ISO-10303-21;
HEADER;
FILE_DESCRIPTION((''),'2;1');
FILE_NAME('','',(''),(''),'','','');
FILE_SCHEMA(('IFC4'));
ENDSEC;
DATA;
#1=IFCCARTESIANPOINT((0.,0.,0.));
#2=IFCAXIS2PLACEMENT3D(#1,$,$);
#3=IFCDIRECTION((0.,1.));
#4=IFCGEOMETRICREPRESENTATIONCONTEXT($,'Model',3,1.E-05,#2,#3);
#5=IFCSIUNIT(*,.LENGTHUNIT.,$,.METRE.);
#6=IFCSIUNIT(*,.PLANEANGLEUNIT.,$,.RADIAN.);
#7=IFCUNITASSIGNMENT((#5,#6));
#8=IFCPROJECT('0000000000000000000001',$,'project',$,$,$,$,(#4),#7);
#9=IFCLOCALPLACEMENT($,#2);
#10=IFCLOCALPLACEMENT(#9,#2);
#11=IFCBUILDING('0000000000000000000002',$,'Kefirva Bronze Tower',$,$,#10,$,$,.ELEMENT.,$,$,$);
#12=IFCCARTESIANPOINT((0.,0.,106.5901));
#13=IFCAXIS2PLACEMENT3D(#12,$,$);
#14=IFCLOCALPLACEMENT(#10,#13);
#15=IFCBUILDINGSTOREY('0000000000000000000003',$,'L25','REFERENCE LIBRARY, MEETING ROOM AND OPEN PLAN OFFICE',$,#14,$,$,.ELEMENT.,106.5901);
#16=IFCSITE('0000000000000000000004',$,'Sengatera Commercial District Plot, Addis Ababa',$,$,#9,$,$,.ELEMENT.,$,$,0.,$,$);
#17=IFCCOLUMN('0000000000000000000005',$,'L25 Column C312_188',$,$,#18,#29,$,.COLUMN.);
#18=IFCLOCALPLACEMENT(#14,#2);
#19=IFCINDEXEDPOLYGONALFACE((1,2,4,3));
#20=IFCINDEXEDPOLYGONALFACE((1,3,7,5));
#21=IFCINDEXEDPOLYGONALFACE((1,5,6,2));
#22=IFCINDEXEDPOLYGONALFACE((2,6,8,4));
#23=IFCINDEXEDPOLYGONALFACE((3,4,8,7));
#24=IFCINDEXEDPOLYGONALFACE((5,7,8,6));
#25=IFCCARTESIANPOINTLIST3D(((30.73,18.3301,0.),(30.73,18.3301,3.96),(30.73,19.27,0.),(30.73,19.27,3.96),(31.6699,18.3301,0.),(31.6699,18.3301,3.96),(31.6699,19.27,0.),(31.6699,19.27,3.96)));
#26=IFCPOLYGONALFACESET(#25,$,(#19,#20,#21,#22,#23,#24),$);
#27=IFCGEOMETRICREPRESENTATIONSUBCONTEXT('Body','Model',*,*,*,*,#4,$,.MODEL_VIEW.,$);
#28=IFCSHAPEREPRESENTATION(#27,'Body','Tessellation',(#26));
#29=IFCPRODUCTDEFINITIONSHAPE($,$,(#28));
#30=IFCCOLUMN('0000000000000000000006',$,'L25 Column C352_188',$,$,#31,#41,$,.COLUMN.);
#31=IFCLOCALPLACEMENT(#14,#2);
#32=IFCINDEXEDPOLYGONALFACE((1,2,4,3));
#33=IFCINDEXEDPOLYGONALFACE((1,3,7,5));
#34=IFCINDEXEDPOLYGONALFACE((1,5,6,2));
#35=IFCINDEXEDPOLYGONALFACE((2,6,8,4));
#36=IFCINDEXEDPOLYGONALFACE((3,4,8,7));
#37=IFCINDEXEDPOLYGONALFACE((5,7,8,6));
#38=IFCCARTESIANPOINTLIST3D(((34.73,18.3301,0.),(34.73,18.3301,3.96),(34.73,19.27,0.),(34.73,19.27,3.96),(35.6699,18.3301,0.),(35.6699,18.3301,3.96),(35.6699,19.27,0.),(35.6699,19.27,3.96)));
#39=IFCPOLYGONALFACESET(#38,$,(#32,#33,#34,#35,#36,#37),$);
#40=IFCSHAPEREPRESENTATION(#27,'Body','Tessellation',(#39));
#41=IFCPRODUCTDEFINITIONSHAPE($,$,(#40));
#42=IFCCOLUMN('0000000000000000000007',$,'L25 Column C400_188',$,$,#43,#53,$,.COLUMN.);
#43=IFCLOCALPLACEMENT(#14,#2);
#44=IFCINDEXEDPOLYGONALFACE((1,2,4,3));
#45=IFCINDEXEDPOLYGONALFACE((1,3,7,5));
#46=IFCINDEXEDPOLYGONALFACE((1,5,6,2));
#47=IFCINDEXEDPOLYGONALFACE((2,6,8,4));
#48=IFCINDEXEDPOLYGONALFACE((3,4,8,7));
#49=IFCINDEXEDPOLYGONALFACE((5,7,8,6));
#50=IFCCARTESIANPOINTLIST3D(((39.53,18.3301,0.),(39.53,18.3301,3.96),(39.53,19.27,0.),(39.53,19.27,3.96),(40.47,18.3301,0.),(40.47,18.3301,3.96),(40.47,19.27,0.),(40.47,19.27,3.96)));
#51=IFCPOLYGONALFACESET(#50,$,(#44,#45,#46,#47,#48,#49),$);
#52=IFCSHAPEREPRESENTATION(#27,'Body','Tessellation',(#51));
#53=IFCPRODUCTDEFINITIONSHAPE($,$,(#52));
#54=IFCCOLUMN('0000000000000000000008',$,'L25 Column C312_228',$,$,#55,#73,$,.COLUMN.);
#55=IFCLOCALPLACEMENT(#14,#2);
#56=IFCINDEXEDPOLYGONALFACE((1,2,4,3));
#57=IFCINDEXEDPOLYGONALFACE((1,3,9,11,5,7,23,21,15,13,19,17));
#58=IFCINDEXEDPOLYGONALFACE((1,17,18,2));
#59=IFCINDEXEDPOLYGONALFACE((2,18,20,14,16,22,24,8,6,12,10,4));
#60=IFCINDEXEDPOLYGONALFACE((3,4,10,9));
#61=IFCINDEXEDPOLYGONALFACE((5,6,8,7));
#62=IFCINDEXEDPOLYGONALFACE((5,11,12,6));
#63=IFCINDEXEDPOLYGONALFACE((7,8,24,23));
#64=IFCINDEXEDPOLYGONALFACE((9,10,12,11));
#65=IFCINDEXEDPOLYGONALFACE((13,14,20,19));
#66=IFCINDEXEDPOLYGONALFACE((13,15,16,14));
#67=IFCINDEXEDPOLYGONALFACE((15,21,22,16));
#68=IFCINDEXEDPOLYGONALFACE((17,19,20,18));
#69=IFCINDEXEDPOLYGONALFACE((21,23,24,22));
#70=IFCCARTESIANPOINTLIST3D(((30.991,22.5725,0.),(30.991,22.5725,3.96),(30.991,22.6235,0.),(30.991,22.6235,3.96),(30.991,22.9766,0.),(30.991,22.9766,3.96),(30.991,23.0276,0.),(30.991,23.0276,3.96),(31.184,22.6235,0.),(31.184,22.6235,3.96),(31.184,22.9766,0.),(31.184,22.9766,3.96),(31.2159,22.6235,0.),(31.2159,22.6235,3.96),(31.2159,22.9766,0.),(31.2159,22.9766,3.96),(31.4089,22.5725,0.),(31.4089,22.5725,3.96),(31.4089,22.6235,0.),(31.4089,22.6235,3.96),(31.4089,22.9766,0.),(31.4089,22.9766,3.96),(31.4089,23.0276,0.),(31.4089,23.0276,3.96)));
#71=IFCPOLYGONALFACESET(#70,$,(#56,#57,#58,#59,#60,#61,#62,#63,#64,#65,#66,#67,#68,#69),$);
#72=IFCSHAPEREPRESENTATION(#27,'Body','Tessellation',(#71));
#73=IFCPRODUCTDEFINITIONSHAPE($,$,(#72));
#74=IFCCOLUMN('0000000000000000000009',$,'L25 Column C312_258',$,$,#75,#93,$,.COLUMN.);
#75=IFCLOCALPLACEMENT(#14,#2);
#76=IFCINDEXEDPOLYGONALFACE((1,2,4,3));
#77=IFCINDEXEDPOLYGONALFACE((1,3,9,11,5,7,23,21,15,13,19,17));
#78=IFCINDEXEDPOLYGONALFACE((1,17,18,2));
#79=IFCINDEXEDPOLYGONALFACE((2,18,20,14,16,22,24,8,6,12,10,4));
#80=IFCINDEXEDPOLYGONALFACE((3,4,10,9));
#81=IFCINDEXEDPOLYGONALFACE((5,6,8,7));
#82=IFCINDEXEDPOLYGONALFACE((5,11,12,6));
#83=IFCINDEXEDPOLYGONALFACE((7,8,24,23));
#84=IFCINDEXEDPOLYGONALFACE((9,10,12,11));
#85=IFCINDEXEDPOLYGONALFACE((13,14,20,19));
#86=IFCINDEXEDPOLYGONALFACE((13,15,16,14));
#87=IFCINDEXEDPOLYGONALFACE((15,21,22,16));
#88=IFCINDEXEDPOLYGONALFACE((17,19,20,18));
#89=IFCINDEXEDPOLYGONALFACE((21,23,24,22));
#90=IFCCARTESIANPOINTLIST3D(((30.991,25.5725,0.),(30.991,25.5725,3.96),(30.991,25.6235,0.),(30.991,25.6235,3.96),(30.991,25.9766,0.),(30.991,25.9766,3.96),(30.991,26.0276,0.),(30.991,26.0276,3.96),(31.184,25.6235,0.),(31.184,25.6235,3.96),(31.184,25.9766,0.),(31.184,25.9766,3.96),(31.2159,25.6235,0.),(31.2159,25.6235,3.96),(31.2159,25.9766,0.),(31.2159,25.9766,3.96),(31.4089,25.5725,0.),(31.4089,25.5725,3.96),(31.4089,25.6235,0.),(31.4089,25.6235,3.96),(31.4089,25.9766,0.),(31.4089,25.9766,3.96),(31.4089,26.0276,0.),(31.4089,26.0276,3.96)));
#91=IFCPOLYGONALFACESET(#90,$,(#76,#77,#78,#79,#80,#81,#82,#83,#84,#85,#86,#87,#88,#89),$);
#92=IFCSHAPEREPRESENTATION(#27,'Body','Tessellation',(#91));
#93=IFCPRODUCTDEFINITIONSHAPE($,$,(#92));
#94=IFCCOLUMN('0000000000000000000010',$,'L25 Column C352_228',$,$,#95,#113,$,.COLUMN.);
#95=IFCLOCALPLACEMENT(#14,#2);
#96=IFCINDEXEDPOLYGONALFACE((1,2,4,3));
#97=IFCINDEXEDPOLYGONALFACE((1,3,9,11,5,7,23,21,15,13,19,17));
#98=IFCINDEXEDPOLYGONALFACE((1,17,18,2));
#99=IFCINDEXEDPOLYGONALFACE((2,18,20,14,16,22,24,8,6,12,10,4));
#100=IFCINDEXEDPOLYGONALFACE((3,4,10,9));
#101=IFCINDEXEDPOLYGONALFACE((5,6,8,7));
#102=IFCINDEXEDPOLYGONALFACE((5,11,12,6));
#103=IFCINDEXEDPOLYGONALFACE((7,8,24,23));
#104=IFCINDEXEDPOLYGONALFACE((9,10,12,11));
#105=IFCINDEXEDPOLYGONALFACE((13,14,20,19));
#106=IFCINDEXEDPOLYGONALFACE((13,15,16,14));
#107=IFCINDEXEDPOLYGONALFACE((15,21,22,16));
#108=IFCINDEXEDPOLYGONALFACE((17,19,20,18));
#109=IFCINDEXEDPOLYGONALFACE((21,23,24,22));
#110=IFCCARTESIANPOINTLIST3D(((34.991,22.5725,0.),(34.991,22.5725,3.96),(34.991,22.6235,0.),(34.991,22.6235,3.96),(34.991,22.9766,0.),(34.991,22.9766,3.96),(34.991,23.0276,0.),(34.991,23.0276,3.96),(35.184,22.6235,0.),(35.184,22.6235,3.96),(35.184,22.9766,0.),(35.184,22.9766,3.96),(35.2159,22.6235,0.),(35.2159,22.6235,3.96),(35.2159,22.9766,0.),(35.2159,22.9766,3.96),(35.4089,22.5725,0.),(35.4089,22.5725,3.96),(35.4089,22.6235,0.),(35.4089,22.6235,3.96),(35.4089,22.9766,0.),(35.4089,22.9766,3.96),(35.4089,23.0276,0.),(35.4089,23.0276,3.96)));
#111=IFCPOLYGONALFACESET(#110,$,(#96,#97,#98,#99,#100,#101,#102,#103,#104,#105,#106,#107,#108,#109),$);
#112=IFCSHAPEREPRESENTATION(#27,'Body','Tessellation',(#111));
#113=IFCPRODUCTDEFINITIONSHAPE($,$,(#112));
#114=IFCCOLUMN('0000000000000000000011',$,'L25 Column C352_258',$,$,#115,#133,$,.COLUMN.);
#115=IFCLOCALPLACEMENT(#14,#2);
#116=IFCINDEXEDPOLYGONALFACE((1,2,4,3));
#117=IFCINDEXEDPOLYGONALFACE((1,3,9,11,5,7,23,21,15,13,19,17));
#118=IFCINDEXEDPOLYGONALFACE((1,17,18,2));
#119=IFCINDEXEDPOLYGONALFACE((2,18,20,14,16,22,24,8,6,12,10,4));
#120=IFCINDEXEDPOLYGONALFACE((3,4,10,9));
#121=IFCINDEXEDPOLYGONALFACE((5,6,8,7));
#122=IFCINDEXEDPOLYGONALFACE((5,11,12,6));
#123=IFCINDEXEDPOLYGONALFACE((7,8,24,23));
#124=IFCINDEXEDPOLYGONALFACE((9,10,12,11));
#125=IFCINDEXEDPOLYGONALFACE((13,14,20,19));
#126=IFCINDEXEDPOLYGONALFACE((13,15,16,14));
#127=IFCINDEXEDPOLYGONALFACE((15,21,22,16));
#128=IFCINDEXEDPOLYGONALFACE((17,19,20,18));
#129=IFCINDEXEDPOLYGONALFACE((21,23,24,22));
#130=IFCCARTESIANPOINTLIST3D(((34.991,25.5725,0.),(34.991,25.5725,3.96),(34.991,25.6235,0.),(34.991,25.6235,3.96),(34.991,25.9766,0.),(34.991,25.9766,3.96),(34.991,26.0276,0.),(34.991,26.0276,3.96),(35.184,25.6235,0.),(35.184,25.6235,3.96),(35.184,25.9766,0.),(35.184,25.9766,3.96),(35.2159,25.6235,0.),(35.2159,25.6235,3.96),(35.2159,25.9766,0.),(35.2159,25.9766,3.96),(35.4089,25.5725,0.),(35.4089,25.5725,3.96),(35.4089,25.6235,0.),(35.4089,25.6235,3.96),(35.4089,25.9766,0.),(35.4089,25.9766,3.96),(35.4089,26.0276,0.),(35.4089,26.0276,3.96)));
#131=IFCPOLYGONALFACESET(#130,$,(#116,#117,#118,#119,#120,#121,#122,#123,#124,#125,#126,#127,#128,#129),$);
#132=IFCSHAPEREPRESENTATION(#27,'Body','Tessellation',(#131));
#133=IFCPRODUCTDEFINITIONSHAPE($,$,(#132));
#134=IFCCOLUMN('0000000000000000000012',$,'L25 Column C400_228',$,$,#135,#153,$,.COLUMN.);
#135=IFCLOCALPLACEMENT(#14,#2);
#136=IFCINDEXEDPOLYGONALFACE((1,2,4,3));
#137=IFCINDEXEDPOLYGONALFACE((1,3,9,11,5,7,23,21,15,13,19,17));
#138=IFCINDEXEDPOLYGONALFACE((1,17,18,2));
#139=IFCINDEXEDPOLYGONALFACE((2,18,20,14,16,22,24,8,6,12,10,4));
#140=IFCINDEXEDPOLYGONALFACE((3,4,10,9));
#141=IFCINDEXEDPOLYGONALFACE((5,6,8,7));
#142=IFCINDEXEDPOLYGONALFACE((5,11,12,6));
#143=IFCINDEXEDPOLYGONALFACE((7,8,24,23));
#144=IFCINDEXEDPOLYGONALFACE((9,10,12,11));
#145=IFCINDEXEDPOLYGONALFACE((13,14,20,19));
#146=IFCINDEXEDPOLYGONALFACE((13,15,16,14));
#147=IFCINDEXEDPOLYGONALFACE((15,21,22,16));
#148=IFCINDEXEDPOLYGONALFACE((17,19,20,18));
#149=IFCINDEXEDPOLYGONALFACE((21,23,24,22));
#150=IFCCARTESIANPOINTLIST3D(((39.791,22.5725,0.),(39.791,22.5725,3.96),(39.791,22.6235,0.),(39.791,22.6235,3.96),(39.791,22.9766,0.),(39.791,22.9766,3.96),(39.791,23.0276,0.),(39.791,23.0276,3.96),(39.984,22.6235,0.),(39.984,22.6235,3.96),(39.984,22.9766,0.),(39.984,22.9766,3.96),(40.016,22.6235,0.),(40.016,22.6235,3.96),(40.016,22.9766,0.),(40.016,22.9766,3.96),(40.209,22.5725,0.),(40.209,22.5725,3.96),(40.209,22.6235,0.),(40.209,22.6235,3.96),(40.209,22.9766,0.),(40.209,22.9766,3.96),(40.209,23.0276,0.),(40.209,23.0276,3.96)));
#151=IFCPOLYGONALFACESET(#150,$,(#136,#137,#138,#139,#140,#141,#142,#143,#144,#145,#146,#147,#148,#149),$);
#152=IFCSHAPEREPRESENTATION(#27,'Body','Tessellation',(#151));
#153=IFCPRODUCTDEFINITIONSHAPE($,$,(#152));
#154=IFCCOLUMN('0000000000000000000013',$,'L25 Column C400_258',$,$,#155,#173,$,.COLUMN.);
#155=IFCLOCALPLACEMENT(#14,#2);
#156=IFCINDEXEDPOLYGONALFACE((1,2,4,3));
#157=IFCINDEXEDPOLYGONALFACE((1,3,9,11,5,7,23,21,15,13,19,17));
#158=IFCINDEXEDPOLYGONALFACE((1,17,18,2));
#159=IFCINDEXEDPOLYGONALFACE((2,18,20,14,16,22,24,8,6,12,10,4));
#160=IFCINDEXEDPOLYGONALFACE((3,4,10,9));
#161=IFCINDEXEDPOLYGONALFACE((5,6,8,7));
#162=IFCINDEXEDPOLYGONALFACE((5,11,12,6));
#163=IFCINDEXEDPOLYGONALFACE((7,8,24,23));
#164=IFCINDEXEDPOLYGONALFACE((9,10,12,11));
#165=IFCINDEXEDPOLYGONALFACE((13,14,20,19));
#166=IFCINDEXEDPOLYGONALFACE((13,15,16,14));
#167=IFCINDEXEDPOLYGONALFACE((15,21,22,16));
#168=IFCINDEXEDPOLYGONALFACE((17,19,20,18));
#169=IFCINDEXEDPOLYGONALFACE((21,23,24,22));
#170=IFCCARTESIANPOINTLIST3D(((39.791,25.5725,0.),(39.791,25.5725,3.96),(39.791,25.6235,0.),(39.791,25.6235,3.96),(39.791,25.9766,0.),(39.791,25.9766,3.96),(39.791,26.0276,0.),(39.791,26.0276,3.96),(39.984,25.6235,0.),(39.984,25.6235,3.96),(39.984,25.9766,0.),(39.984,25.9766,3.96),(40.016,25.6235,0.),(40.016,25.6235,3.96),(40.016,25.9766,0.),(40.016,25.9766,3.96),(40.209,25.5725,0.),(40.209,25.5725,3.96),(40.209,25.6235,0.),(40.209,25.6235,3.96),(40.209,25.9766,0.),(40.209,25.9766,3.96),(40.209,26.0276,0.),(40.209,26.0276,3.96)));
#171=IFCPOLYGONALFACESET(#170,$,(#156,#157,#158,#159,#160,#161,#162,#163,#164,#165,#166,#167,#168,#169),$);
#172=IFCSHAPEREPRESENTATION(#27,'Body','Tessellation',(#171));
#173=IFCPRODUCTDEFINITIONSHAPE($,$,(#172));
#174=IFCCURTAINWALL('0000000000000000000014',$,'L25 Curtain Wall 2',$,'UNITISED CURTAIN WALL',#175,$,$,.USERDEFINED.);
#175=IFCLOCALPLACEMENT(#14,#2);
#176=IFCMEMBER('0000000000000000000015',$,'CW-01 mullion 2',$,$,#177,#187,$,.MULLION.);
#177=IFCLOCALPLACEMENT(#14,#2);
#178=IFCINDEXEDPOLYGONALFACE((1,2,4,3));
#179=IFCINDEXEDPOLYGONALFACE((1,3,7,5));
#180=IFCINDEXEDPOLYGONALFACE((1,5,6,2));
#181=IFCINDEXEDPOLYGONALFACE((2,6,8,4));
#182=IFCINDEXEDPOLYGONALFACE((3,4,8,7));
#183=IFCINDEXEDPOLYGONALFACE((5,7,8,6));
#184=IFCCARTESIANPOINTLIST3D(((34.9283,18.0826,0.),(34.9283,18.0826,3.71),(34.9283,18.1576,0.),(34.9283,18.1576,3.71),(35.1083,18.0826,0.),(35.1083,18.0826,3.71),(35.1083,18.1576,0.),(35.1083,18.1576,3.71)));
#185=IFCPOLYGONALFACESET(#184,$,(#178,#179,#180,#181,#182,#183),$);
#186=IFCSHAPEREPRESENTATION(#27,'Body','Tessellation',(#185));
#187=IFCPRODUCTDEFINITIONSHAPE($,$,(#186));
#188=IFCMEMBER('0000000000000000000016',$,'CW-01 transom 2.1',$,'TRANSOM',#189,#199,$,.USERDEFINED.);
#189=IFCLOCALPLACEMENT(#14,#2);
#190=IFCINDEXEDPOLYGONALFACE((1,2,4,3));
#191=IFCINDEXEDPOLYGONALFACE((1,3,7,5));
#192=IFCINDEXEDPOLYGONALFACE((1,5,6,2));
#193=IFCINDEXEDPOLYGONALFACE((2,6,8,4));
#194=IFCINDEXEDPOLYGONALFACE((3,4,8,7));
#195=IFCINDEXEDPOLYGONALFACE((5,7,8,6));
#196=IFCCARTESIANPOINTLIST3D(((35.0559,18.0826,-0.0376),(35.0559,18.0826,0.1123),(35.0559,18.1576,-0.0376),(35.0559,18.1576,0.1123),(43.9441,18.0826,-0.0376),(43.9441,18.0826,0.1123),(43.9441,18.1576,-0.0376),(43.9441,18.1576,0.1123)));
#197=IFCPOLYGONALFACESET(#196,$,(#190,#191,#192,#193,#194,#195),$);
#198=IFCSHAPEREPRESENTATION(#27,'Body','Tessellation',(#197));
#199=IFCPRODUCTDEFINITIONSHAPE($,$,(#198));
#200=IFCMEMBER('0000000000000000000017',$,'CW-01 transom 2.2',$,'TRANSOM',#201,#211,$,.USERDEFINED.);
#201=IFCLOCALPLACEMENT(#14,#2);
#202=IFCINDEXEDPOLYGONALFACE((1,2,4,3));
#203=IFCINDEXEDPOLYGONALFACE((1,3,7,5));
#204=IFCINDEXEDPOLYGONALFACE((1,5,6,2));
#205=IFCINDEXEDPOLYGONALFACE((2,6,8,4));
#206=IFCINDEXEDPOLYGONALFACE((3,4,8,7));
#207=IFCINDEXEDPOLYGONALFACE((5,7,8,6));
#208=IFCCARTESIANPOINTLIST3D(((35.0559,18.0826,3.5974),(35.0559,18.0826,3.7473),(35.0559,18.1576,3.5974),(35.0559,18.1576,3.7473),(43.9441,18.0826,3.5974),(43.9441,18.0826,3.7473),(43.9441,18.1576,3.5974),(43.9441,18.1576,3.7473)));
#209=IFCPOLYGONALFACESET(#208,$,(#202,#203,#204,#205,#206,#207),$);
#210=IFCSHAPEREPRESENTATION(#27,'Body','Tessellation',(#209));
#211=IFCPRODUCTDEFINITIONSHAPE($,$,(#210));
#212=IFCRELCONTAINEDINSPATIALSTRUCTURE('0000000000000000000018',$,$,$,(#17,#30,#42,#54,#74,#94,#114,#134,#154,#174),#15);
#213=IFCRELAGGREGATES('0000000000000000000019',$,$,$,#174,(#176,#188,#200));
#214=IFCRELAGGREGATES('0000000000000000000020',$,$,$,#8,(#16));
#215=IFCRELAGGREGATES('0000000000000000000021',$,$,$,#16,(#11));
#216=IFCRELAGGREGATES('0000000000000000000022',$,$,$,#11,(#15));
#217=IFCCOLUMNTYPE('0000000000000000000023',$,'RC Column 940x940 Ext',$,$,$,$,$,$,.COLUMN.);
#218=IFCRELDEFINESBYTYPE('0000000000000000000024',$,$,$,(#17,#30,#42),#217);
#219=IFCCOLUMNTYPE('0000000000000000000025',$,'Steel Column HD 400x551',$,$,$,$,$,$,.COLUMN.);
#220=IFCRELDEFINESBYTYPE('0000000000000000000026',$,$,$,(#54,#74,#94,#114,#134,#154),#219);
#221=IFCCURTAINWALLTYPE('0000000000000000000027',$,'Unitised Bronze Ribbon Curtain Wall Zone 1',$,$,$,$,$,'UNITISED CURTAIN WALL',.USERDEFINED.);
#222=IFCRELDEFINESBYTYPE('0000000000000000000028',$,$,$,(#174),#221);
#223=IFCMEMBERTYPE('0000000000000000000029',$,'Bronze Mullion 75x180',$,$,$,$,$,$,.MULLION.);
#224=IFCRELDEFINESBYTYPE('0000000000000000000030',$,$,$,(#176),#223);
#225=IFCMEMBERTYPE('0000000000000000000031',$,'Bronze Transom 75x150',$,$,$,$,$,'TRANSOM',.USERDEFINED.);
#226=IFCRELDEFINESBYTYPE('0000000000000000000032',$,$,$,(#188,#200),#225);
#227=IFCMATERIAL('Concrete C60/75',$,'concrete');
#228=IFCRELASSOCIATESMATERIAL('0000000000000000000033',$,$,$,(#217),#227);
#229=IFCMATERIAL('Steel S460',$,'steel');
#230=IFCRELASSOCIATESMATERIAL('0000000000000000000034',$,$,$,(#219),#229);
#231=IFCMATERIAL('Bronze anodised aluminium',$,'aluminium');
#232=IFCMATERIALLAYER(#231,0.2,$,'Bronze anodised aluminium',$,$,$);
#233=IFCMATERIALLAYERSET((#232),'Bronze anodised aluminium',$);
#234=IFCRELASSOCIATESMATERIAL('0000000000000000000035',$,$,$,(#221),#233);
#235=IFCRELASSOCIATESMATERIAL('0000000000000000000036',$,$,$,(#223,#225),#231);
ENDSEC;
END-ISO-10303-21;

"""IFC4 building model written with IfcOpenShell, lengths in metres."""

from ifc_helpers import new_model, si_unit, direction, frame, origin, origin_2d, place, context, subcontext, project, spatial, rectangle, i_section, extrude, material, layer, layer_set, material_profile, profile_set, type_object, element, aggregate, save


model = new_model("IFC4")

# Units and contexts
model_context = context("Model", 3, precision=1e-05, world=origin(), true_north=direction((0.0, 1.0)))
body_context = subcontext(model_context, "Body", "Model", "MODEL_VIEW")
ifc_project = project(units=[si_unit("LENGTHUNIT", "METRE"), si_unit("PLANEANGLEUNIT", "RADIAN")], contexts=[model_context])

# Site, building, storey
site_placement = place(None, origin())
site = spatial("IfcSite", under=ifc_project, at=site_placement, Name="Sengatera Commercial District Plot, Addis Ababa", CompositionType="ELEMENT", RefElevation=0.0)
building_placement = place(site_placement, origin())
building = spatial("IfcBuilding", under=site, at=building_placement, Name="Kefirva Bronze Tower", CompositionType="ELEMENT")
storey_placement = place(building_placement, frame((0.0, 0.0, 106.5901)))
storey = spatial("IfcBuildingStorey", under=building, at=storey_placement, Name="L25", Description="REFERENCE LIBRARY, MEETING ROOM AND OPEN PLAN OFFICE", CompositionType="ELEMENT", Elevation=106.5901)

# Columns
ifc_material_1 = material(Name="Concrete C60/75", Category="concrete")
ifc_material_profile_1 = material_profile(ifc_material_1, rectangle(XDim=0.9399, YDim=0.9399, at=origin_2d()), Name="RC 940x940")
ifc_profile_set_1 = profile_set([ifc_material_profile_1], Name="Concrete C60/75")
column_type_1 = type_object("IfcColumnType", Name="RC Column 940x940 Ext", PredefinedType="COLUMN", material=ifc_profile_set_1)
for number, where, z_axis, x_axis, name in (
    (1, (31.2, 18.8, 0.0), (0.0, 0.0, 1.0), (1.0, 0.0, 0.0), "L25 Column C312_188"),
    (2, (35.2, 18.8, 0.0), (0.0, 0.0, 1.0), (1.0, 0.0, 0.0), "L25 Column C352_188"),
    (3, (40.0, 18.8, 0.0), (0.0, 0.0, 1.0), (1.0, 0.0, 0.0), "L25 Column C400_188"),
):
    element("IfcColumn", number, at=place(storey_placement, frame(where, z_axis=z_axis, x_axis=x_axis)), inside=storey, type_object=column_type_1, Name=name, PredefinedType="COLUMN", context=body_context, shape_type="SweptSolid", body=[
        extrude(rectangle(XDim=0.9399, YDim=0.9399, at=origin_2d()), origin(), (0.0, 0.0, 1.0), 3.96),
    ])
ifc_material_2 = material(Name="Steel S460", Category="steel")
ifc_material_profile_2 = material_profile(ifc_material_2, i_section(OverallWidth=0.418, OverallDepth=0.4551, WebThickness=0.032, FlangeThickness=0.051, at=origin_2d()), Name="HD 400x551")
ifc_profile_set_2 = profile_set([ifc_material_profile_2], Name="Steel S460")
column_type_2 = type_object("IfcColumnType", Name="Steel Column HD 400x551", PredefinedType="COLUMN", material=ifc_profile_set_2)
for number, where, z_axis, x_axis, name in (
    (4, (31.2, 22.8, 0.0), (0.0, 0.0, 1.0), (1.0, 0.0, 0.0), "L25 Column C312_228"),
    (5, (31.2, 25.8, 0.0), (0.0, 0.0, 1.0), (1.0, 0.0, 0.0), "L25 Column C312_258"),
    (6, (35.2, 22.8, 0.0), (0.0, 0.0, 1.0), (1.0, 0.0, 0.0), "L25 Column C352_228"),
    (7, (35.2, 25.8, 0.0), (0.0, 0.0, 1.0), (1.0, 0.0, 0.0), "L25 Column C352_258"),
    (8, (40.0, 22.8, 0.0), (0.0, 0.0, 1.0), (1.0, 0.0, 0.0), "L25 Column C400_228"),
    (9, (40.0, 25.8, 0.0), (0.0, 0.0, 1.0), (1.0, 0.0, 0.0), "L25 Column C400_258"),
):
    element("IfcColumn", number, at=place(storey_placement, frame(where, z_axis=z_axis, x_axis=x_axis)), inside=storey, type_object=column_type_2, Name=name, PredefinedType="COLUMN", context=body_context, shape_type="SweptSolid", body=[
        extrude(i_section(OverallWidth=0.418, OverallDepth=0.4551, WebThickness=0.032, FlangeThickness=0.051, at=origin_2d()), origin(), (0.0, 0.0, 1.0), 3.96),
    ])

# Curtain wall, members
ifc_material_3 = material(Name="Bronze anodised aluminium", Category="aluminium")
ifc_layer_1 = layer(ifc_material_3, 0.2, Name="Bronze anodised aluminium")
ifc_layer_set_1 = layer_set([ifc_layer_1], Name="Bronze anodised aluminium")
curtain_wall_type = type_object("IfcCurtainWallType", Name="Unitised Bronze Ribbon Curtain Wall Zone 1", ElementType="UNITISED CURTAIN WALL", PredefinedType="USERDEFINED", material=ifc_layer_set_1)
curtain_wall_placement = place(storey_placement, origin())
curtain_wall = element("IfcCurtainWall", 10, at=curtain_wall_placement, inside=storey, type_object=curtain_wall_type, Name="L25 Curtain Wall 2", ObjectType="UNITISED CURTAIN WALL", PredefinedType="USERDEFINED")
ifc_material_profile_3 = material_profile(ifc_material_3, rectangle(XDim=0.075, YDim=0.1799, at=origin_2d()), Name="ALU 75x180")
ifc_profile_set_3 = profile_set([ifc_material_profile_3], Name="Bronze anodised aluminium")
member_type_1 = type_object("IfcMemberType", Name="Bronze Mullion 75x180", PredefinedType="MULLION", material=ifc_profile_set_3)
member_1_placement = place(storey_placement, frame((35.0183, 18.1201, 0.0), z_axis=(0.0, 0.0, 1.0), x_axis=(0.0, 1.0, 0.0)))
member_1 = element("IfcMember", 11, at=member_1_placement, type_object=member_type_1, Name="CW-01 mullion 2", PredefinedType="MULLION", context=body_context, shape_type="SweptSolid", body=[
    extrude(rectangle(XDim=0.075, YDim=0.1799, at=origin_2d()), origin(), (0.0, 0.0, 1.0), 3.71),
])
ifc_material_profile_4 = material_profile(ifc_material_3, rectangle(XDim=0.075, YDim=0.1499, at=origin_2d()), Name="ALU 75x150")
ifc_profile_set_4 = profile_set([ifc_material_profile_4], Name="Bronze anodised aluminium")
member_type_2 = type_object("IfcMemberType", Name="Bronze Transom 75x150", ElementType="TRANSOM", PredefinedType="USERDEFINED", material=ifc_profile_set_4)
member_2_placement = place(storey_placement, frame((35.0559, 18.1201, 0.0374), z_axis=(1.0, 0.0, 0.0), x_axis=(0.0, 1.0, 0.0)))
member_2 = element("IfcMember", 12, at=member_2_placement, type_object=member_type_2, Name="CW-01 transom 2.1", ObjectType="TRANSOM", PredefinedType="USERDEFINED", context=body_context, shape_type="SweptSolid", body=[
    extrude(rectangle(XDim=0.075, YDim=0.1499, at=origin_2d()), origin(), (0.0, 0.0, 1.0), 8.8882),
])
member_3_placement = place(storey_placement, frame((35.0559, 18.1201, 3.6724), z_axis=(1.0, 0.0, 0.0), x_axis=(0.0, 1.0, 0.0)))
member_3 = element("IfcMember", 13, at=member_3_placement, type_object=member_type_2, Name="CW-01 transom 2.2", ObjectType="TRANSOM", PredefinedType="USERDEFINED", context=body_context, shape_type="SweptSolid", body=[
    extrude(rectangle(XDim=0.075, YDim=0.1499, at=origin_2d()), origin(), (0.0, 0.0, 1.0), 8.8882),
])

aggregate(curtain_wall, [member_1, member_2, member_3])

save(model, "model.ifc")
